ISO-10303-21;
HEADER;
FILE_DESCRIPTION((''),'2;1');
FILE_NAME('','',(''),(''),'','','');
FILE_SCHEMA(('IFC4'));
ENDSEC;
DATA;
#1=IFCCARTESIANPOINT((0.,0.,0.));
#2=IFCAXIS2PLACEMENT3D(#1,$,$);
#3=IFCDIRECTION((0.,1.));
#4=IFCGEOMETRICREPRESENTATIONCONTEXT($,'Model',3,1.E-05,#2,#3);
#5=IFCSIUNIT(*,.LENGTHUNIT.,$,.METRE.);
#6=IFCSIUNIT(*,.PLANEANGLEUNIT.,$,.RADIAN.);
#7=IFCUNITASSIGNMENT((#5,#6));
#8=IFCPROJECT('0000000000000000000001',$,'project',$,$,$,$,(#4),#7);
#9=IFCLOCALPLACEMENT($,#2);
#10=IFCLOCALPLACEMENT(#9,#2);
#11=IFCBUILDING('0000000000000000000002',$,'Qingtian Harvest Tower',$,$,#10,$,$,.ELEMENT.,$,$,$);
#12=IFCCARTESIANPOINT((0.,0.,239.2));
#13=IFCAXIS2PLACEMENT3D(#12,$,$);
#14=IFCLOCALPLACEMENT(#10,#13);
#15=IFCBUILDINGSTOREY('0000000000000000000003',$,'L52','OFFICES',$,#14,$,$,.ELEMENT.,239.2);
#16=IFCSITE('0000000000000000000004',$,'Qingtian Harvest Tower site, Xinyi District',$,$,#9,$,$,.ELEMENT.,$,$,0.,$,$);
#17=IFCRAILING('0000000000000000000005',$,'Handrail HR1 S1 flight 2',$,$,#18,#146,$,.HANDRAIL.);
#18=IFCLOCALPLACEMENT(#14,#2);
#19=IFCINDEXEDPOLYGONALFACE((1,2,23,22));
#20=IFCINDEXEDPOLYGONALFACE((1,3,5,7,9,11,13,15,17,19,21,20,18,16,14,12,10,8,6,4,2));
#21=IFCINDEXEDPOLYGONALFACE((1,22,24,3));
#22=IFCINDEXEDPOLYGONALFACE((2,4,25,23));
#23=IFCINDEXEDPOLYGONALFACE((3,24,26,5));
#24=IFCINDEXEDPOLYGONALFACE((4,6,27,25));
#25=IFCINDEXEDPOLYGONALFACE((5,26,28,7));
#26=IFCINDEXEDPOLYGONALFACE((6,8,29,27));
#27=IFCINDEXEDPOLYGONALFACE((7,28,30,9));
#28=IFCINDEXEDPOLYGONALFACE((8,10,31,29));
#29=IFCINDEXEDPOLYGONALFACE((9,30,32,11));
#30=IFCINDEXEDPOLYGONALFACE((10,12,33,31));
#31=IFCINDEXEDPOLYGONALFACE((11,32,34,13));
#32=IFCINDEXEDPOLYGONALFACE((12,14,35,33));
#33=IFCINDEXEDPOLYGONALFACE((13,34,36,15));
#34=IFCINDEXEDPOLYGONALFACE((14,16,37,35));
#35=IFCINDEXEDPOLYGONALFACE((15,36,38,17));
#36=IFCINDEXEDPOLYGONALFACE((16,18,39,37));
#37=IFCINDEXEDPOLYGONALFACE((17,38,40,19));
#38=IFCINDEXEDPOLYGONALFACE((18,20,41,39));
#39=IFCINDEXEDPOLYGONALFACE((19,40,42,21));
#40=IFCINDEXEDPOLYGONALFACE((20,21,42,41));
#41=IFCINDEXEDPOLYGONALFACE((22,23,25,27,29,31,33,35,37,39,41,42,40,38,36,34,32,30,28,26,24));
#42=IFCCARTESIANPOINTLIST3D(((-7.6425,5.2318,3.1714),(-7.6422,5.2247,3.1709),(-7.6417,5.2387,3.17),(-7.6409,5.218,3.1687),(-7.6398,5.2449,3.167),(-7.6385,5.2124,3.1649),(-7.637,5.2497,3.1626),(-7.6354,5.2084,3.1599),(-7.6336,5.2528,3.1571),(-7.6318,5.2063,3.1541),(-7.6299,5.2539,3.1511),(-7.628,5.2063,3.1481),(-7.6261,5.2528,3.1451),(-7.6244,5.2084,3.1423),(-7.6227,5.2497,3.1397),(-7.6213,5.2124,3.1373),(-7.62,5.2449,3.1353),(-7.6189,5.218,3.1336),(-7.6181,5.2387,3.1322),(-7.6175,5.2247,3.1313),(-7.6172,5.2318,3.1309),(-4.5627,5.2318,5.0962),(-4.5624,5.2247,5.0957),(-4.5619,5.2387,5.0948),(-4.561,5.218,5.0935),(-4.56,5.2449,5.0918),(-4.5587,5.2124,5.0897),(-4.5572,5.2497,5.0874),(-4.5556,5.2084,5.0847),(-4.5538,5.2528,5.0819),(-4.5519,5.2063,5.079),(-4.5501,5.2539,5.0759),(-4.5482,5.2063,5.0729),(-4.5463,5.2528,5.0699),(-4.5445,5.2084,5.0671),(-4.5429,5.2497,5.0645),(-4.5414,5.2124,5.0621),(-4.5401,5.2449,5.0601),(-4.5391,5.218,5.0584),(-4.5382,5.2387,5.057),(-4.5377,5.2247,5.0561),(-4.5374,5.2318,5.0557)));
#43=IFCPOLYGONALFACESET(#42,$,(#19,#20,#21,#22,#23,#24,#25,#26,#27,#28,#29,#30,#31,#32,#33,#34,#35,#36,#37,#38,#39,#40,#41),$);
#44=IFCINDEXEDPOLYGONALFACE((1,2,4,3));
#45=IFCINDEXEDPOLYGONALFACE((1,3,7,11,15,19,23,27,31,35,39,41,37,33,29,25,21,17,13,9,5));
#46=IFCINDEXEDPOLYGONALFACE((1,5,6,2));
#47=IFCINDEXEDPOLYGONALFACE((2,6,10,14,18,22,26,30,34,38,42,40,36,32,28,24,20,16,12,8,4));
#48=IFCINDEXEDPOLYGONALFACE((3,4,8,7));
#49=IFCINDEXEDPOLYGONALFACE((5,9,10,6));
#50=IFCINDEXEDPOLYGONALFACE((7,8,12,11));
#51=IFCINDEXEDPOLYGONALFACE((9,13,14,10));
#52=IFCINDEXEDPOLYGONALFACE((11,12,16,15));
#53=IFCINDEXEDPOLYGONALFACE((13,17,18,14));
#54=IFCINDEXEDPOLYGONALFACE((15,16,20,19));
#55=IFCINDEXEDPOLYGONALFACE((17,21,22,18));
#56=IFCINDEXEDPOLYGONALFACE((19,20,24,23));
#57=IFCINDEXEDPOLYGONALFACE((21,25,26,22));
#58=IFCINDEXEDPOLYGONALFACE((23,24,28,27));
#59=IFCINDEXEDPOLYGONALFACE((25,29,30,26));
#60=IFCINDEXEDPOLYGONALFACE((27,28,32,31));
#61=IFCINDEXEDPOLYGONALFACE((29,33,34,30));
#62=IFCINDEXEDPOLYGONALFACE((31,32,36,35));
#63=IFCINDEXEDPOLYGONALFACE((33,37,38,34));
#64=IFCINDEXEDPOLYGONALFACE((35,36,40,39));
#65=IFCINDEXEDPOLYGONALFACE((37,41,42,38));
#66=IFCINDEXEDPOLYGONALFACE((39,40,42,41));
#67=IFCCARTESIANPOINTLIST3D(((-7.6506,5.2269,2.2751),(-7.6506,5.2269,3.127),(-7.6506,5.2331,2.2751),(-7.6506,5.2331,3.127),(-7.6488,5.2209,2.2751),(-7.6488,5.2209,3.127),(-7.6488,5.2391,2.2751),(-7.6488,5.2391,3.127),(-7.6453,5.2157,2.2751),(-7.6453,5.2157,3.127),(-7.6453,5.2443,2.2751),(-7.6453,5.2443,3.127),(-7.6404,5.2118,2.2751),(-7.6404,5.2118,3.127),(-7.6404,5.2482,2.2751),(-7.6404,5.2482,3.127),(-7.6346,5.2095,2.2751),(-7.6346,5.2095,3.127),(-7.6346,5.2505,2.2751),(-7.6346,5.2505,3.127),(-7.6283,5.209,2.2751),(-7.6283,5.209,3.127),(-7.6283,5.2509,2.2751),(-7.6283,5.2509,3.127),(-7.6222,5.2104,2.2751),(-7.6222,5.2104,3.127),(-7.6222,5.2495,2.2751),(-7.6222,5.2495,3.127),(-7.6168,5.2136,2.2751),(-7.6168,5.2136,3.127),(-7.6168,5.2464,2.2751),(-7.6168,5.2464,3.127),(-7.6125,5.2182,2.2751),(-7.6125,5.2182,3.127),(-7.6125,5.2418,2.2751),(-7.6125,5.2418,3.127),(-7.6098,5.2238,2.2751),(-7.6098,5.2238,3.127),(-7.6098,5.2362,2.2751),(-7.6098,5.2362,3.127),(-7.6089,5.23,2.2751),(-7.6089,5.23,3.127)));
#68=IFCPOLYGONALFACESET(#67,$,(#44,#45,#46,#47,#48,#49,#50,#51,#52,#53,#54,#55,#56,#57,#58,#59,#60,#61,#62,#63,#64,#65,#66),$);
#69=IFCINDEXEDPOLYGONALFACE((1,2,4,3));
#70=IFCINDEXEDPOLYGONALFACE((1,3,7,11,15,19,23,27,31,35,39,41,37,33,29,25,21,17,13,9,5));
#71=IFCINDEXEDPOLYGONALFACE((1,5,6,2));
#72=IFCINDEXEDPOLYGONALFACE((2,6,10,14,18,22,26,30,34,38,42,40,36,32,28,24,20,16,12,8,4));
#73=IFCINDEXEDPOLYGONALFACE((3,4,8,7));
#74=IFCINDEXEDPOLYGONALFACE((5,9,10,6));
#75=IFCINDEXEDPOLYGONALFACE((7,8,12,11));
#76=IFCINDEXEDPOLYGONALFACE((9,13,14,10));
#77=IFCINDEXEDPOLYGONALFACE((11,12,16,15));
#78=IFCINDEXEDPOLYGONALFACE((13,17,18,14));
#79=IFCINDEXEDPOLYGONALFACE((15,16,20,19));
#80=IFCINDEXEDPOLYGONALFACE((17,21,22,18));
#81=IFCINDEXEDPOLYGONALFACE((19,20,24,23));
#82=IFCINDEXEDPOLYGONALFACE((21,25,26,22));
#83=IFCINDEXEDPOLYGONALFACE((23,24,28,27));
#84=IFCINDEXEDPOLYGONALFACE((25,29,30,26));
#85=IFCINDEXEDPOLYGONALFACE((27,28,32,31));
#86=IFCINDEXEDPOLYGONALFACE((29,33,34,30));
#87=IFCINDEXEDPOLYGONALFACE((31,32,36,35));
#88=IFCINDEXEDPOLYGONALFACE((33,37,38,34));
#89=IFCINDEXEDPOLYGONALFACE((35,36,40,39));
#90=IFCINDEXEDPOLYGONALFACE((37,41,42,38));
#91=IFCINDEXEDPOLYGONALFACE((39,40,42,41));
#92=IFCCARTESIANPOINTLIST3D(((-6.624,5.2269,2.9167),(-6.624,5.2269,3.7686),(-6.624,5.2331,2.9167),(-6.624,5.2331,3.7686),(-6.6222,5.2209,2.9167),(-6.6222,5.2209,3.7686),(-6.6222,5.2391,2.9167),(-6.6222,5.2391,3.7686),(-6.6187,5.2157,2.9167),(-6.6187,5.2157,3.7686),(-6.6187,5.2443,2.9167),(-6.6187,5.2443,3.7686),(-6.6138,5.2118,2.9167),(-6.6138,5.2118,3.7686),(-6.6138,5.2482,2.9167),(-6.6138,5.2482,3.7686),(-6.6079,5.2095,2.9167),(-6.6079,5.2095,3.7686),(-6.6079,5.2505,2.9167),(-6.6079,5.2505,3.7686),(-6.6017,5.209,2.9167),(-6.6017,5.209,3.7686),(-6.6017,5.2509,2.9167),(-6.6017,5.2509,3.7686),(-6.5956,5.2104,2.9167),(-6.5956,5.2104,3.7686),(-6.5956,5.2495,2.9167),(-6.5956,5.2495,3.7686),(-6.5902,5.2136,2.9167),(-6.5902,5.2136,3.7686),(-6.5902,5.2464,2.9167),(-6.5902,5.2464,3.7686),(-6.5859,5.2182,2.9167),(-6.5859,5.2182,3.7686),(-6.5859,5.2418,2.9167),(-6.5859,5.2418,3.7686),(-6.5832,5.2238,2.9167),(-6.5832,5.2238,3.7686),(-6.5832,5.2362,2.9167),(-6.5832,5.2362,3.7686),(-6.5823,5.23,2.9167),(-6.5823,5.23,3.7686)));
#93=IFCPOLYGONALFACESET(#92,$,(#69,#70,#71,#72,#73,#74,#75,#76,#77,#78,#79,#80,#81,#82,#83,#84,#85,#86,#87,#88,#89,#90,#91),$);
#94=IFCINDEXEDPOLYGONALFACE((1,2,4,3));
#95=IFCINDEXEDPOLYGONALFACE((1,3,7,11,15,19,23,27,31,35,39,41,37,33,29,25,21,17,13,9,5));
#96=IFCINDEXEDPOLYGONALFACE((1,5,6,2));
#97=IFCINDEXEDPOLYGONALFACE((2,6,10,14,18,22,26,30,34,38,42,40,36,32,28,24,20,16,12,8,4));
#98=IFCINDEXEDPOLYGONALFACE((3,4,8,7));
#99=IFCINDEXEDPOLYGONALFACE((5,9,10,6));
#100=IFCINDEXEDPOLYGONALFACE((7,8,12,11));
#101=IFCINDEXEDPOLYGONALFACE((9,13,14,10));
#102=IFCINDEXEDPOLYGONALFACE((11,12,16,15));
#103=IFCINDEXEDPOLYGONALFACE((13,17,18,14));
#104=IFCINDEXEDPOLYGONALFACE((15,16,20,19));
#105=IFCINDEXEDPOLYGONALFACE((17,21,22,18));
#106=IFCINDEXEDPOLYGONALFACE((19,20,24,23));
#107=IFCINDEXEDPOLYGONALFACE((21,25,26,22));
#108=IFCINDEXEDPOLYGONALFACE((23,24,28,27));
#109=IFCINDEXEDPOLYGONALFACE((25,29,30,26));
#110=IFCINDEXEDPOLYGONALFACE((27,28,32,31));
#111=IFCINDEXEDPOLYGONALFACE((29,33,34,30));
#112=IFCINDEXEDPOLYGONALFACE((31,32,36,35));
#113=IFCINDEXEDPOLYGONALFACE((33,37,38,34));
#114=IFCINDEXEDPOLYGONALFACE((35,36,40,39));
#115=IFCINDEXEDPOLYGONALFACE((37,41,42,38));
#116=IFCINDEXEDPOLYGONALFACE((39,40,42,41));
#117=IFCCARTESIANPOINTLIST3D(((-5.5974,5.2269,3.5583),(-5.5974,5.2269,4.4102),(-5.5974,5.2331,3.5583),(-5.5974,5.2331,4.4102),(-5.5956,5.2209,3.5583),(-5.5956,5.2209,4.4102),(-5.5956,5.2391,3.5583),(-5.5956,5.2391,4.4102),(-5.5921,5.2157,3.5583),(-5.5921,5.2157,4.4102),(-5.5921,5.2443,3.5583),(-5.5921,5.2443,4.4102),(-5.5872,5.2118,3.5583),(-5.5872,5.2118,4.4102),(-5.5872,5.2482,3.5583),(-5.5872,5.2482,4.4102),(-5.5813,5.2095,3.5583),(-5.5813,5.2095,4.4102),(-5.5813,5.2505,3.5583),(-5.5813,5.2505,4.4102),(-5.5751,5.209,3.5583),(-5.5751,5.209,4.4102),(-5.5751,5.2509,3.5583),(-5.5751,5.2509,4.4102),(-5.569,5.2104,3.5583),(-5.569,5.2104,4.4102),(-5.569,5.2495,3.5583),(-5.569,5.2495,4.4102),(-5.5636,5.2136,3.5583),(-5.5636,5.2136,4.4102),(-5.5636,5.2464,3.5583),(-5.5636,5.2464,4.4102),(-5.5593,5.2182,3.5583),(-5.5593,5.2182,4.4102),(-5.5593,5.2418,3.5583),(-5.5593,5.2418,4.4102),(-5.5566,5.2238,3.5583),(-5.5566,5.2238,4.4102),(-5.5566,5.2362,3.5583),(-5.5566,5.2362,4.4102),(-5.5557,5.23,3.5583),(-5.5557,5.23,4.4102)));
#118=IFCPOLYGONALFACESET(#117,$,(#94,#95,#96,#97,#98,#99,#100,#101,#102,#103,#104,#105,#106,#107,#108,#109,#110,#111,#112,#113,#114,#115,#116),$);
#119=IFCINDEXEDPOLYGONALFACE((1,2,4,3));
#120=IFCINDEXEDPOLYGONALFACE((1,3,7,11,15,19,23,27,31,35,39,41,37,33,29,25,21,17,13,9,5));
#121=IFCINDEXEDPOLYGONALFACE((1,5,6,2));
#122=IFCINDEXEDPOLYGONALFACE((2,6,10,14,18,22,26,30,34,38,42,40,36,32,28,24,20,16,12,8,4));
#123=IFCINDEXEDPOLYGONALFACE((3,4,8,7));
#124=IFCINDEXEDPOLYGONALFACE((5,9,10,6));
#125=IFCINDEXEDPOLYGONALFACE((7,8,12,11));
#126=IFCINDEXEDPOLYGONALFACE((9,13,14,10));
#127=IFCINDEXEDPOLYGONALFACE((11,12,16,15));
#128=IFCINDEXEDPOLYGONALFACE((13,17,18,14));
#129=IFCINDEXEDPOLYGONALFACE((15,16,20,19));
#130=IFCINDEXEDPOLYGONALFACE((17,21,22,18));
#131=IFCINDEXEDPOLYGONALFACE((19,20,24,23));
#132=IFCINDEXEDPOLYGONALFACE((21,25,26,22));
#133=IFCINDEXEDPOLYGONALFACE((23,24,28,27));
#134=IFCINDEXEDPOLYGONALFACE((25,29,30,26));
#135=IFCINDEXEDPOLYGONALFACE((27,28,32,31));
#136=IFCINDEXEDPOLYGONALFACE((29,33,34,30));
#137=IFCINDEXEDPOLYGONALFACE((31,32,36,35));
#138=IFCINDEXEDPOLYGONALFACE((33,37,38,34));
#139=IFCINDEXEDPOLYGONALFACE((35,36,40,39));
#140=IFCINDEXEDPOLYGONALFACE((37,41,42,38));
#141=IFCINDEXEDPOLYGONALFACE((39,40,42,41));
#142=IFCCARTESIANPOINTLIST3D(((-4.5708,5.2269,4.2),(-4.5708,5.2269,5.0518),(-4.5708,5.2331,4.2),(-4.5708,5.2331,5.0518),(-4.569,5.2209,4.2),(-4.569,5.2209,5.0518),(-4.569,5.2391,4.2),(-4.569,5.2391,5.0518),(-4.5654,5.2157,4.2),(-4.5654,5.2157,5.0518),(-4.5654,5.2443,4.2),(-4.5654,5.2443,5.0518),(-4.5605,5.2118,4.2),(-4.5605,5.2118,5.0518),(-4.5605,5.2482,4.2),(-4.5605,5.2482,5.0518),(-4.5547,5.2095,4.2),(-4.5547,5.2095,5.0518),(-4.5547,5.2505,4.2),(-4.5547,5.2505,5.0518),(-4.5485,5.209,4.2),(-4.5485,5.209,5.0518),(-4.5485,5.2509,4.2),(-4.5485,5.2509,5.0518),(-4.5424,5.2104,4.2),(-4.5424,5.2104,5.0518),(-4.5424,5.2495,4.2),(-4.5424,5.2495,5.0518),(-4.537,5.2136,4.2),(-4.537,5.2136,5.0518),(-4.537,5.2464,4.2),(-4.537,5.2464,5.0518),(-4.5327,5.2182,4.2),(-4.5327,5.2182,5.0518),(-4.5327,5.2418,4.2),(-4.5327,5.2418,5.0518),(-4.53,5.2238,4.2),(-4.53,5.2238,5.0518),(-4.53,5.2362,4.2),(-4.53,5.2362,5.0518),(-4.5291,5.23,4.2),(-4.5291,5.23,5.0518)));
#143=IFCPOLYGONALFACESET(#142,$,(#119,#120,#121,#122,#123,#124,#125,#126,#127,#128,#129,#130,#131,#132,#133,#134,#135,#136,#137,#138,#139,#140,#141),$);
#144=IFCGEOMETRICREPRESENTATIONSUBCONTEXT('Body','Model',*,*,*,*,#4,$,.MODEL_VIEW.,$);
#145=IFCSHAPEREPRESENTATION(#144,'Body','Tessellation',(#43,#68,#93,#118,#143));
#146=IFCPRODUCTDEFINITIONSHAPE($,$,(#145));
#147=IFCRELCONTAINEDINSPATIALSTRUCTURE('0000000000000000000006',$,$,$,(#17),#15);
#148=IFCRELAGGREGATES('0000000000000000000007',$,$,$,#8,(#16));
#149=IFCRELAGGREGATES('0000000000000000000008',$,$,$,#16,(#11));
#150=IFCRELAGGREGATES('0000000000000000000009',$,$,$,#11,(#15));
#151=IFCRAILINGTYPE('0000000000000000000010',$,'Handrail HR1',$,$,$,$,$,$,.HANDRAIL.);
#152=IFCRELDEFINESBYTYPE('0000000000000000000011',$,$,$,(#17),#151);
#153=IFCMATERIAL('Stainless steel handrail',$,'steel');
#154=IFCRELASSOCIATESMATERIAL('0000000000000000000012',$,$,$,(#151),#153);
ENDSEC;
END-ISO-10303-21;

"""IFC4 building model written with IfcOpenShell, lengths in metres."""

from ifc_helpers import new_model, si_unit, direction, frame, origin, origin_2d, place, context, subcontext, project, spatial, circle, extrude, material, type_object, element, save


model = new_model("IFC4")

# Units and contexts
model_context = context("Model", 3, precision=1e-05, world=origin(), true_north=direction((0.0, 1.0)))
body_context = subcontext(model_context, "Body", "Model", "MODEL_VIEW")
ifc_project = project(units=[si_unit("LENGTHUNIT", "METRE"), si_unit("PLANEANGLEUNIT", "RADIAN")], contexts=[model_context])

# Site, building, storey
site_placement = place(None, origin())
site = spatial("IfcSite", under=ifc_project, at=site_placement, Name="Qingtian Harvest Tower site, Xinyi District", CompositionType="ELEMENT", RefElevation=0.0)
building_placement = place(site_placement, origin())
building = spatial("IfcBuilding", under=site, at=building_placement, Name="Qingtian Harvest Tower", CompositionType="ELEMENT")
storey_placement = place(building_placement, frame((0.0, 0.0, 239.2)))
storey = spatial("IfcBuildingStorey", under=building, at=storey_placement, Name="L52", Description="OFFICES", CompositionType="ELEMENT", Elevation=239.2)

# Railing
ifc_material_1 = material(Name="Stainless steel handrail", Category="steel")
railing_type = type_object("IfcRailingType", Name="Handrail HR1", PredefinedType="HANDRAIL", material=ifc_material_1)
railing_1_placement = place(storey_placement, frame((-7.6299, 5.23, 2.2751)))
element("IfcRailing", 1, at=railing_1_placement, inside=storey, type_object=railing_type, Name="Handrail HR1 S1 flight 2", PredefinedType="HANDRAIL", context=body_context, shape_type="SweptSolid", body=[
    extrude(circle(Radius=0.0239, at=origin_2d()), frame((0.0, 0.0, 0.876), z_axis=(0.84801, 0.0, 0.529981), x_axis=(0.0, 1.0, 0.0)), (0.0, 0.0, 1.0), 3.6318),
    extrude(circle(Radius=0.021, at=origin_2d()), origin(), (0.0, 0.0, 1.0), 0.8518),
    extrude(circle(Radius=0.021, at=origin_2d()), frame((1.0266, 0.0, 0.6416)), (0.0, 0.0, 1.0), 0.8518),
    extrude(circle(Radius=0.021, at=origin_2d()), frame((2.0532, 0.0, 1.2832)), (0.0, 0.0, 1.0), 0.8518),
    extrude(circle(Radius=0.021, at=origin_2d()), frame((3.0798, 0.0, 1.9248)), (0.0, 0.0, 1.0), 0.8518),
])

save(model, "model.ifc")
